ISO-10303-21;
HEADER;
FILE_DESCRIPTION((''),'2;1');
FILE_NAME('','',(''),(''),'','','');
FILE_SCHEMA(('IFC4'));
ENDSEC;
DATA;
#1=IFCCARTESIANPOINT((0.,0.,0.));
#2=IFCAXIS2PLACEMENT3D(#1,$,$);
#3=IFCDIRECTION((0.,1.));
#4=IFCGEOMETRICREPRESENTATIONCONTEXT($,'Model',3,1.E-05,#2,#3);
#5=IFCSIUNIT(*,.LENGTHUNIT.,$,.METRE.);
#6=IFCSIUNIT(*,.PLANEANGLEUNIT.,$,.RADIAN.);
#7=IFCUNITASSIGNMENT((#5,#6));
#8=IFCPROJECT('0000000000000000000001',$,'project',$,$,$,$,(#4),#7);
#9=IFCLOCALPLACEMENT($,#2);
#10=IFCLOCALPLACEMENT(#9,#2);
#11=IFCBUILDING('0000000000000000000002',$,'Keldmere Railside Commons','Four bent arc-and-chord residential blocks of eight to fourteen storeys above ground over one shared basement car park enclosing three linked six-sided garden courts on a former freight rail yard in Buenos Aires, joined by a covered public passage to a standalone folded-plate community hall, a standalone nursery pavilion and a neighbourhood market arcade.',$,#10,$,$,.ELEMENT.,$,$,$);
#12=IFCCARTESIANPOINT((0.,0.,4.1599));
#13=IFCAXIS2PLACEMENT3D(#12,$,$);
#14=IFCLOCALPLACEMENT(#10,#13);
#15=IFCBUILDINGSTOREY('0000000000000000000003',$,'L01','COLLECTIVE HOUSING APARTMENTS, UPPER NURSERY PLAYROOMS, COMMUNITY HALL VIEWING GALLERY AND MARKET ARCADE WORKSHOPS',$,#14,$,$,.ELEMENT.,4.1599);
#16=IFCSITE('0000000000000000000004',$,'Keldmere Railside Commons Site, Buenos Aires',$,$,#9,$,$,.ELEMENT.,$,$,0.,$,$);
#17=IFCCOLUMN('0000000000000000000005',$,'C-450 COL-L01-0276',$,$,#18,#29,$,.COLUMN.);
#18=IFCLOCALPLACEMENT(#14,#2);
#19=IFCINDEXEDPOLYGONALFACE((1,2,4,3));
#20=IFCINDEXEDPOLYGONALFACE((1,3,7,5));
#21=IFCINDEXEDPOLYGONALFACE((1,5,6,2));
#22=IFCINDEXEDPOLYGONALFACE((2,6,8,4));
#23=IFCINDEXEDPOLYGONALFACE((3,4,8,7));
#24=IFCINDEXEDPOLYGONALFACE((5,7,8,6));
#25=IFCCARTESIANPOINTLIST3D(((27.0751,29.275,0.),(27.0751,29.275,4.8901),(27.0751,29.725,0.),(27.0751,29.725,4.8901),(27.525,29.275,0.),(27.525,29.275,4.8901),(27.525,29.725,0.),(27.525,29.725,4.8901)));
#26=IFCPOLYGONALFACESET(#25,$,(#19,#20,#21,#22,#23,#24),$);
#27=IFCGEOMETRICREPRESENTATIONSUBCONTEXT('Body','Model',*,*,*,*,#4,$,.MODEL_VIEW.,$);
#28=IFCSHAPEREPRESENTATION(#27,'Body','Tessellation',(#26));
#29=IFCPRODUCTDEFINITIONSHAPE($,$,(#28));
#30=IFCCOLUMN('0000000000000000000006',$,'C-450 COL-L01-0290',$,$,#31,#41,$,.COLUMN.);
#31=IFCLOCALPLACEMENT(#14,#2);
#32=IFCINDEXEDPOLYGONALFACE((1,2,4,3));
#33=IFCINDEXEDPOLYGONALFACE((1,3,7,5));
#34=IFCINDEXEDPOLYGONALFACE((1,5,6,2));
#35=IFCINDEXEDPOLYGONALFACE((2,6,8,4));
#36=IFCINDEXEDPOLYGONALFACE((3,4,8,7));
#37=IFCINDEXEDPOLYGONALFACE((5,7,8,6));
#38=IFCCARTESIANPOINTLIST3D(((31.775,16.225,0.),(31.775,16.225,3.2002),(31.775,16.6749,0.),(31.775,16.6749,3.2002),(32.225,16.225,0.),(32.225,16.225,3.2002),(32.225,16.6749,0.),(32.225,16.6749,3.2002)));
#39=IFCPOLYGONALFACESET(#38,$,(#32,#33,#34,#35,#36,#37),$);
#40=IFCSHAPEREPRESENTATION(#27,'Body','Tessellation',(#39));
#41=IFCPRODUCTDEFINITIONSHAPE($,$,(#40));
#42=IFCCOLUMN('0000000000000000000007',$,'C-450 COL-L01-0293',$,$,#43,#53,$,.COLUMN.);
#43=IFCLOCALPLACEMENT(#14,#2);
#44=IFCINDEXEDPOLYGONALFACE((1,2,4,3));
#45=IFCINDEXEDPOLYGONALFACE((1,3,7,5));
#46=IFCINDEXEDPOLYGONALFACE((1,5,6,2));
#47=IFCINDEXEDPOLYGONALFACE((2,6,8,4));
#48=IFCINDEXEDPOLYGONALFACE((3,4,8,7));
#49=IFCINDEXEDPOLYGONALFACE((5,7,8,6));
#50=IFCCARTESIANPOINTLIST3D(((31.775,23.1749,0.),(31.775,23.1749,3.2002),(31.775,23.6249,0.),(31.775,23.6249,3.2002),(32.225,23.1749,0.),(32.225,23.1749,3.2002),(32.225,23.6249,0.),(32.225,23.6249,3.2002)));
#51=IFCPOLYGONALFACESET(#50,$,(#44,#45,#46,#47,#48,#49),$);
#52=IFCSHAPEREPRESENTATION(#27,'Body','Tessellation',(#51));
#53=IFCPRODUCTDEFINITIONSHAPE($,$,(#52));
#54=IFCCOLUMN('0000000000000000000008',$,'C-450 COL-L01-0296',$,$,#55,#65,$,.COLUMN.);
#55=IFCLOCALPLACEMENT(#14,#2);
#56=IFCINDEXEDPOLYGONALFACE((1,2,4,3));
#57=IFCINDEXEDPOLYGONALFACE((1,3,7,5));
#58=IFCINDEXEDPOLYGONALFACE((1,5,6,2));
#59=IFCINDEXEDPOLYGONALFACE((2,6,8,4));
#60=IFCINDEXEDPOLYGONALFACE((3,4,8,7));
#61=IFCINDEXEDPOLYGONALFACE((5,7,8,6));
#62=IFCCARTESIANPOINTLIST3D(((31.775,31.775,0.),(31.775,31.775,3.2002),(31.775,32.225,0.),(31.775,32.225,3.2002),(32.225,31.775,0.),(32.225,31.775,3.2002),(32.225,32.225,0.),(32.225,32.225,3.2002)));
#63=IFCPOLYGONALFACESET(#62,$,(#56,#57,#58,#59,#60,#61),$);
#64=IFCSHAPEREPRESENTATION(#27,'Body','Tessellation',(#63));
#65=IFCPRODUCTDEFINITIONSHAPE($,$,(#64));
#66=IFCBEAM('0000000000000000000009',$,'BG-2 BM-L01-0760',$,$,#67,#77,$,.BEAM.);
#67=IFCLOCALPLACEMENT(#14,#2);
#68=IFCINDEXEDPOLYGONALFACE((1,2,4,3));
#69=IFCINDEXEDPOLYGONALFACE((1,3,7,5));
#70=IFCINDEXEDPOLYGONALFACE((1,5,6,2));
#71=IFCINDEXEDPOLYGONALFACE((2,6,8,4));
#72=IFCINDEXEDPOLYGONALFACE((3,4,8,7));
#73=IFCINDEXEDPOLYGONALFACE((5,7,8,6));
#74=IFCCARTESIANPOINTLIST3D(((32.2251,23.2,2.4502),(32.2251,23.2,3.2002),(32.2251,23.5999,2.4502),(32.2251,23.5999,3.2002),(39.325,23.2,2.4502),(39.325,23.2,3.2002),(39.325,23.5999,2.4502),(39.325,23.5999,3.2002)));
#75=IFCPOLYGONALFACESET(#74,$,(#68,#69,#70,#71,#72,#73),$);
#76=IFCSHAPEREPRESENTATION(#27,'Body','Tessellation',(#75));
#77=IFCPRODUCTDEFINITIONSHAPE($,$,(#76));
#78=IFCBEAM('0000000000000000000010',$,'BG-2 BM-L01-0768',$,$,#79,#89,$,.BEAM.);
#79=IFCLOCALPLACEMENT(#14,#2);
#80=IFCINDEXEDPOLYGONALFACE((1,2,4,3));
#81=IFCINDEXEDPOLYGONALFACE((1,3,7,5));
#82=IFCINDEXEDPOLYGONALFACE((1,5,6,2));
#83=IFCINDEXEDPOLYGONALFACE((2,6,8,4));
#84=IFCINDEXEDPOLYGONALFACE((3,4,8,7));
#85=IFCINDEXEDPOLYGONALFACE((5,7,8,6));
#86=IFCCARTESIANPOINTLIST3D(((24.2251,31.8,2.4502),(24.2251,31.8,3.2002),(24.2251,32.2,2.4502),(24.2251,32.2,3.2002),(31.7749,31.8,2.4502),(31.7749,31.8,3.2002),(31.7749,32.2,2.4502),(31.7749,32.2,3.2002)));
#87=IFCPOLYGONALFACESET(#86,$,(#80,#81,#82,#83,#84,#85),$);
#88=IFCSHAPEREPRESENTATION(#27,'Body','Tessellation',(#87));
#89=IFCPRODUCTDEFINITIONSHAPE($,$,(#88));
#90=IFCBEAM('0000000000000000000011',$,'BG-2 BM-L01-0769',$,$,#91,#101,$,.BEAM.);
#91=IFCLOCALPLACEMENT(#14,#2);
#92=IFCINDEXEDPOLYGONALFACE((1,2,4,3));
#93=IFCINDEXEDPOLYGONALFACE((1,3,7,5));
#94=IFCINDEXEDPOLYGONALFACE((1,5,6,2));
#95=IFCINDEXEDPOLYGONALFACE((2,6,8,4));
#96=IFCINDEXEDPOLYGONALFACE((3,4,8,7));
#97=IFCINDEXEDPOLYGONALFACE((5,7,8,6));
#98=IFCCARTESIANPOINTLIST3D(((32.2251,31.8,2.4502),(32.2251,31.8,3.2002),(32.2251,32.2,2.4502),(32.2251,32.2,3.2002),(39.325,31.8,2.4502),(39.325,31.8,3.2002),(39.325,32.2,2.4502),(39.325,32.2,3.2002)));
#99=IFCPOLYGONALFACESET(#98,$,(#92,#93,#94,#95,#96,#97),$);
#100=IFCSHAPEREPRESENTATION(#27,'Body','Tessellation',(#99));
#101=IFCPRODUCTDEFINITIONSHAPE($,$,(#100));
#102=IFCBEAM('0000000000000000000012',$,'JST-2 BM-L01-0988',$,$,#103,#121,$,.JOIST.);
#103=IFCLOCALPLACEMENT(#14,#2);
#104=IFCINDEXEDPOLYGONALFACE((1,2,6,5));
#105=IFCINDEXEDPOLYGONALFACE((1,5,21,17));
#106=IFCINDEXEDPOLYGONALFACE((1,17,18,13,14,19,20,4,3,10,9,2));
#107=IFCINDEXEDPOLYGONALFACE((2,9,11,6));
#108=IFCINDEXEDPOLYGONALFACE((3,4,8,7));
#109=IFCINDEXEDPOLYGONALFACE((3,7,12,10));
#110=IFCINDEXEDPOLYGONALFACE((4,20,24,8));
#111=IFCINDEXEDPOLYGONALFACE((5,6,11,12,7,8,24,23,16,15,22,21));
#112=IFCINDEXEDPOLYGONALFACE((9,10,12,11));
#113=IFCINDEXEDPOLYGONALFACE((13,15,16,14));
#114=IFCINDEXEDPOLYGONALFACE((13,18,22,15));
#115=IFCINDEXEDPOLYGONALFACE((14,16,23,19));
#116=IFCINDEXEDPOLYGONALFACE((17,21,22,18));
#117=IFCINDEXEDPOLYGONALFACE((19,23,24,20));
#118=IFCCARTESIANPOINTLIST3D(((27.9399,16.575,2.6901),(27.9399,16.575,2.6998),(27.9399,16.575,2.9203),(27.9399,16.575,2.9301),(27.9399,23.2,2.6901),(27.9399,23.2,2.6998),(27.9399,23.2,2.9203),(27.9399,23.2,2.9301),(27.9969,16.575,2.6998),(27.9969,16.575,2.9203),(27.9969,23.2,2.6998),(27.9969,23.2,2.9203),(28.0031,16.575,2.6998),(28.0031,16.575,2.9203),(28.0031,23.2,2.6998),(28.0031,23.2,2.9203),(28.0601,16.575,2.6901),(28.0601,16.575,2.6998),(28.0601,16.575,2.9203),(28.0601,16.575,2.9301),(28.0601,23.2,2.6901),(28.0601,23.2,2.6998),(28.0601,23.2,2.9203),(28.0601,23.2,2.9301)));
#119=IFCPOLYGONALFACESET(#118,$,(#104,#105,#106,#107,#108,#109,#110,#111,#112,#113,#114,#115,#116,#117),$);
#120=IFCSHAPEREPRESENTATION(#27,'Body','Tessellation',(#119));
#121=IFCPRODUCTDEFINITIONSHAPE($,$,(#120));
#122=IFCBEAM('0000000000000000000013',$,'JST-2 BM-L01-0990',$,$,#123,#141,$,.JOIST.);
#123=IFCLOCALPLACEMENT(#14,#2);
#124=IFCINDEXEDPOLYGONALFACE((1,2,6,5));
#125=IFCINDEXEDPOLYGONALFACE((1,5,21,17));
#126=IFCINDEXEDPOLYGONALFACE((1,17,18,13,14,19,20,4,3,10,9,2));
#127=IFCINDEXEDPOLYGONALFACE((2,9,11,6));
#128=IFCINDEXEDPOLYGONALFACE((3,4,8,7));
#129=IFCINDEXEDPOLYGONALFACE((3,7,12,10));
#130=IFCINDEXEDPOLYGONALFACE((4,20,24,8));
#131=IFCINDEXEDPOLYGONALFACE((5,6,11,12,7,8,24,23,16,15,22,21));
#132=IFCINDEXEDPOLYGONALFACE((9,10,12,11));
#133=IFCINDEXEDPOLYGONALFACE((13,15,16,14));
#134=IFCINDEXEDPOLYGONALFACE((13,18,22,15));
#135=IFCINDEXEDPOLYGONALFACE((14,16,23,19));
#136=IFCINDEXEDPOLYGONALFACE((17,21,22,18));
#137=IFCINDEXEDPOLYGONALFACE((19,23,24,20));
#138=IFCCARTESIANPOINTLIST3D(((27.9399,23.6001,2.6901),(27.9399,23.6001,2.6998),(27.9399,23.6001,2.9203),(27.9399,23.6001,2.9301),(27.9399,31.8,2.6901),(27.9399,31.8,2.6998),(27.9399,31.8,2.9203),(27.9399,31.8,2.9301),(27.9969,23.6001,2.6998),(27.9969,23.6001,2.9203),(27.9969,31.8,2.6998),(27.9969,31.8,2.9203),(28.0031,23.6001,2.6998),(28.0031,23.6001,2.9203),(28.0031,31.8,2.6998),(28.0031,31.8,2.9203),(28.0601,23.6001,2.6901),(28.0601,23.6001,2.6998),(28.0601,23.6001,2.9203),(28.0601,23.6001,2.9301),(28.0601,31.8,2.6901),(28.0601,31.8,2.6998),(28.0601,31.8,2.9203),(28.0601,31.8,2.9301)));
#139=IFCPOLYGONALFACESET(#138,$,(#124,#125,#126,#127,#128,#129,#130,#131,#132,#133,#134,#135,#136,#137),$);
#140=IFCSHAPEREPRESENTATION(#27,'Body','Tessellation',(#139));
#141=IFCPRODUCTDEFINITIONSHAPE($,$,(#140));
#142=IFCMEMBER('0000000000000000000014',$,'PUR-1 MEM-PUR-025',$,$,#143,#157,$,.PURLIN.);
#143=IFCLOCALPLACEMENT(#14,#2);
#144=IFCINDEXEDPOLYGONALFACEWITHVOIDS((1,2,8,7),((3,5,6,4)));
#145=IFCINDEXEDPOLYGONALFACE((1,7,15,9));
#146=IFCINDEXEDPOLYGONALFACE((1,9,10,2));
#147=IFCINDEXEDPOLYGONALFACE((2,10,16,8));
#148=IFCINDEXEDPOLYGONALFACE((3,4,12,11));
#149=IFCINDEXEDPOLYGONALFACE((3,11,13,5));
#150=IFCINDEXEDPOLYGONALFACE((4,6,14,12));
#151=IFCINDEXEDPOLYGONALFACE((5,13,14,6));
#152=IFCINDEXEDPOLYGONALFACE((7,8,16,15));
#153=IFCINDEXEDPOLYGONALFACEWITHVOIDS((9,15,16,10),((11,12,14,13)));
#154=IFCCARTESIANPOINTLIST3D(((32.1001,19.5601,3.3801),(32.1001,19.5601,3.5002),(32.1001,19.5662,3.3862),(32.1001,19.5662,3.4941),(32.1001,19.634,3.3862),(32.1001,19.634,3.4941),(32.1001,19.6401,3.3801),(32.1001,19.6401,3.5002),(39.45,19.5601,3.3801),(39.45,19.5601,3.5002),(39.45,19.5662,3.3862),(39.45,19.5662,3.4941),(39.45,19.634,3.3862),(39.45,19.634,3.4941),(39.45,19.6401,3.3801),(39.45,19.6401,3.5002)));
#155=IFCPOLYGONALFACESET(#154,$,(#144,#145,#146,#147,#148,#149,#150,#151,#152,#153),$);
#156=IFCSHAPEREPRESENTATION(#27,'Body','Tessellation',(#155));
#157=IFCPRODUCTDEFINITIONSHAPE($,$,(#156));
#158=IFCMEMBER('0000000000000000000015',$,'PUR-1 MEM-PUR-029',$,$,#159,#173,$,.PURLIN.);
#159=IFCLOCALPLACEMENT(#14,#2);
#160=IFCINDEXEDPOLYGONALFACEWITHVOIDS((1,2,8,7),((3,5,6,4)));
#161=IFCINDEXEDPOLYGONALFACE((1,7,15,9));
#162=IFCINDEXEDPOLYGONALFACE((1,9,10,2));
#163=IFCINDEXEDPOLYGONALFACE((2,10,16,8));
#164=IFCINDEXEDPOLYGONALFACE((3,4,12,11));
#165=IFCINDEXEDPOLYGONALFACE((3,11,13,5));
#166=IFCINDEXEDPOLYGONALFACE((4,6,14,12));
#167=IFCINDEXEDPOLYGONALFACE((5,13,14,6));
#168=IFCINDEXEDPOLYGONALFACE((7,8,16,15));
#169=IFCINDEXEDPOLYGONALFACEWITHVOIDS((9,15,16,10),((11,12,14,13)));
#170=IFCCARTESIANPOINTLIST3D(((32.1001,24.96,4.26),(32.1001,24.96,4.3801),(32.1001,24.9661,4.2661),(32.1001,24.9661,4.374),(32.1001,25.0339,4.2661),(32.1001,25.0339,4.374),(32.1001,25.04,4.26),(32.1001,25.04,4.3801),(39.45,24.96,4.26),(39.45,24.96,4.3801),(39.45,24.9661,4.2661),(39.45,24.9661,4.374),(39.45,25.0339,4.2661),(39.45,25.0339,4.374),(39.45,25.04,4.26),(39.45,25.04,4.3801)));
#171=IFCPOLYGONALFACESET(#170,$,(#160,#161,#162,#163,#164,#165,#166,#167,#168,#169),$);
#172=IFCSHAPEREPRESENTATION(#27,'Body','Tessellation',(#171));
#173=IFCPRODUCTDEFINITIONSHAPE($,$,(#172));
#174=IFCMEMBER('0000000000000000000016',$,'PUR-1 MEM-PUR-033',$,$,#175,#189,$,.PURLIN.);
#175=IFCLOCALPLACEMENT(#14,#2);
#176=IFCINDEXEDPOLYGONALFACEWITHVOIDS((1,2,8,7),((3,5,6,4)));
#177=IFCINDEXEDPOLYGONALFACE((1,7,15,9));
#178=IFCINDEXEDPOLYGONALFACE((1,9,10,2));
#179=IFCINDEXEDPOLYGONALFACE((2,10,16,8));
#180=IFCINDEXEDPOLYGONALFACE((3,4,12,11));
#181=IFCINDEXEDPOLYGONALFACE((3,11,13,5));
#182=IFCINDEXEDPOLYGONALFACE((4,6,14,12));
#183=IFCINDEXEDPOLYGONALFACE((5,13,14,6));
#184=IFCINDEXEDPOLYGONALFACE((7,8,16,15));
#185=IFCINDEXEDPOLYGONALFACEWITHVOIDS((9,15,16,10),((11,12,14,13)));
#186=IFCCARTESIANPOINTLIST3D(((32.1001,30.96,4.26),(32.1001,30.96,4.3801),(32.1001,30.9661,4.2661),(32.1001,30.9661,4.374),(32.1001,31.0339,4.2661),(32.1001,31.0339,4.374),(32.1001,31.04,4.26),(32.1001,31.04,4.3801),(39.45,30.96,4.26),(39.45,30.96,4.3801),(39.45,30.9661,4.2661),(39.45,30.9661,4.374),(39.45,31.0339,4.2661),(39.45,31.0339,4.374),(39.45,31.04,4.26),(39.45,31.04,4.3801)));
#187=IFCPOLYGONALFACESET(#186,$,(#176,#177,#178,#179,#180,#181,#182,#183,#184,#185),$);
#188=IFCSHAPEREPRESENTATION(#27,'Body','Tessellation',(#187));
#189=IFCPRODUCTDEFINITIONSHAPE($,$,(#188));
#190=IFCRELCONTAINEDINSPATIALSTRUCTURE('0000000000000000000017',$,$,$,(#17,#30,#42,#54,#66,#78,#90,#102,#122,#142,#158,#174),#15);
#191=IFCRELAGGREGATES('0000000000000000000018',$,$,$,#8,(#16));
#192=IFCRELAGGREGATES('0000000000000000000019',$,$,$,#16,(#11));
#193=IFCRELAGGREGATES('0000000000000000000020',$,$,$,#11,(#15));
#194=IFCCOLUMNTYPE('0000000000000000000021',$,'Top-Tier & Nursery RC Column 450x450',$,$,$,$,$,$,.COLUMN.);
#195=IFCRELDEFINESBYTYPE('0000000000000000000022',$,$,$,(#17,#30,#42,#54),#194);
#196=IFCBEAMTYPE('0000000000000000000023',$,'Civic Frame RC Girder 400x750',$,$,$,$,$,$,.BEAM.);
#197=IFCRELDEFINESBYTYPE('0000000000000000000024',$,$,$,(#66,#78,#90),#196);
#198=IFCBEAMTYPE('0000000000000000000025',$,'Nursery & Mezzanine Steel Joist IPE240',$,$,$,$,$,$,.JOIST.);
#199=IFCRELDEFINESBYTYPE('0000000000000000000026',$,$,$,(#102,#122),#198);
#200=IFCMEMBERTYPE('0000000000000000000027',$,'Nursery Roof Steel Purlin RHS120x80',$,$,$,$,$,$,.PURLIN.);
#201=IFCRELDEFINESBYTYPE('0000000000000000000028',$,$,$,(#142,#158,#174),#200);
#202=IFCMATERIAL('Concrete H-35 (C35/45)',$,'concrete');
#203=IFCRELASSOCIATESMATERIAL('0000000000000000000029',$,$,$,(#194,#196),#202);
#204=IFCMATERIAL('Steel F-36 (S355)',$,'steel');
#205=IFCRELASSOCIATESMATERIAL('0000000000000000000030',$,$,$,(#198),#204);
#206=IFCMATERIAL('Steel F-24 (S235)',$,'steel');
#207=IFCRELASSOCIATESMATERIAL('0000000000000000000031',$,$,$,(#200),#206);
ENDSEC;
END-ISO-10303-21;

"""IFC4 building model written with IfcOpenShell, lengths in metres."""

from ifc_helpers import new_model, si_unit, direction, frame, origin, origin_2d, place, context, subcontext, project, spatial, rectangle, hollow_rectangle, i_section, extrude, material, material_profile, profile_set, type_object, element, save


model = new_model("IFC4")

# Units and contexts
model_context = context("Model", 3, precision=1e-05, world=origin(), true_north=direction((0.0, 1.0)))
body_context = subcontext(model_context, "Body", "Model", "MODEL_VIEW")
ifc_project = project(units=[si_unit("LENGTHUNIT", "METRE"), si_unit("PLANEANGLEUNIT", "RADIAN")], contexts=[model_context])

# Site, building, storey
site_placement = place(None, origin())
site = spatial("IfcSite", under=ifc_project, at=site_placement, Name="Keldmere Railside Commons Site, Buenos Aires", CompositionType="ELEMENT", RefElevation=0.0)
building_placement = place(site_placement, origin())
building = spatial("IfcBuilding", under=site, at=building_placement, Name="Keldmere Railside Commons", Description="Four bent arc-and-chord residential blocks of eight to fourteen storeys above ground over one shared basement car park enclosing three linked six-sided garden courts on a former freight rail yard in Buenos Aires, joined by a covered public passage to a standalone folded-plate community hall, a standalone nursery pavilion and a neighbourhood market arcade.", CompositionType="ELEMENT")
storey_placement = place(building_placement, frame((0.0, 0.0, 4.1599)))
storey = spatial("IfcBuildingStorey", under=building, at=storey_placement, Name="L01", Description="COLLECTIVE HOUSING APARTMENTS, UPPER NURSERY PLAYROOMS, COMMUNITY HALL VIEWING GALLERY AND MARKET ARCADE WORKSHOPS", CompositionType="ELEMENT", Elevation=4.1599)

# Columns
ifc_material_1 = material(Name="Concrete H-35 (C35/45)", Category="concrete")
ifc_material_profile_1 = material_profile(ifc_material_1, rectangle(XDim=0.45, YDim=0.45, at=origin_2d()), Name="RC-450x450")
ifc_profile_set_1 = profile_set([ifc_material_profile_1], Name="Concrete H-35 (C35/45)")
column_type = type_object("IfcColumnType", Name="Top-Tier & Nursery RC Column 450x450", PredefinedType="COLUMN", material=ifc_profile_set_1)
column_placement = place(storey_placement, frame((27.3, 29.5, 0.0), z_axis=(0.0, 0.0, 1.0), x_axis=(1.0, 0.0, 0.0)))
element("IfcColumn", 1, at=column_placement, inside=storey, type_object=column_type, Name="C-450 COL-L01-0276", PredefinedType="COLUMN", context=body_context, shape_type="SweptSolid", body=[
    extrude(rectangle(XDim=0.45, YDim=0.45, at=origin_2d()), origin(), (0.0, 0.0, 1.0), 4.8901),
])
for number, where, z_axis, x_axis, name in (
    (2, (32.0, 16.45, 0.0), (0.0, 0.0, 1.0), (1.0, 0.0, 0.0), "C-450 COL-L01-0290"),
    (3, (32.0, 23.3999, 0.0), (0.0, 0.0, 1.0), (1.0, 0.0, 0.0), "C-450 COL-L01-0293"),
    (4, (32.0, 32.0, 0.0), (0.0, 0.0, 1.0), (1.0, 0.0, 0.0), "C-450 COL-L01-0296"),
):
    element("IfcColumn", number, at=place(storey_placement, frame(where, z_axis=z_axis, x_axis=x_axis)), inside=storey, type_object=column_type, Name=name, PredefinedType="COLUMN", context=body_context, shape_type="SweptSolid", body=[
        extrude(rectangle(XDim=0.45, YDim=0.45, at=origin_2d()), origin(), (0.0, 0.0, 1.0), 3.2002),
    ])

# Beams
ifc_material_profile_2 = material_profile(ifc_material_1, rectangle(XDim=0.3999, YDim=0.75, at=origin_2d()), Name="RC-400x750")
ifc_profile_set_2 = profile_set([ifc_material_profile_2], Name="Concrete H-35 (C35/45)")
beam_type_1 = type_object("IfcBeamType", Name="Civic Frame RC Girder 400x750", PredefinedType="BEAM", material=ifc_profile_set_2)
beam_1_placement = place(storey_placement, frame((32.2251, 23.3999, 2.8252), z_axis=(1.0, 0.0, 0.0), x_axis=(0.0, 1.0, 0.0)))
element("IfcBeam", 5, at=beam_1_placement, inside=storey, type_object=beam_type_1, Name="BG-2 BM-L01-0760", PredefinedType="BEAM", context=body_context, shape_type="SweptSolid", body=[
    extrude(rectangle(XDim=0.3999, YDim=0.75, at=origin_2d()), origin(), (0.0, 0.0, 1.0), 7.0999),
])
beam_2_placement = place(storey_placement, frame((24.2251, 32.0, 2.8252), z_axis=(1.0, 0.0, 0.0), x_axis=(0.0, 1.0, 0.0)))
element("IfcBeam", 6, at=beam_2_placement, inside=storey, type_object=beam_type_1, Name="BG-2 BM-L01-0768", PredefinedType="BEAM", context=body_context, shape_type="SweptSolid", body=[
    extrude(rectangle(XDim=0.3999, YDim=0.75, at=origin_2d()), origin(), (0.0, 0.0, 1.0), 7.5498),
])
beam_3_placement = place(storey_placement, frame((32.2251, 32.0, 2.8252), z_axis=(1.0, 0.0, 0.0), x_axis=(0.0, 1.0, 0.0)))
element("IfcBeam", 7, at=beam_3_placement, inside=storey, type_object=beam_type_1, Name="BG-2 BM-L01-0769", PredefinedType="BEAM", context=body_context, shape_type="SweptSolid", body=[
    extrude(rectangle(XDim=0.3999, YDim=0.75, at=origin_2d()), origin(), (0.0, 0.0, 1.0), 7.0999),
])
ifc_material_2 = material(Name="Steel F-36 (S355)", Category="steel")
ifc_material_profile_3 = material_profile(ifc_material_2, i_section(OverallWidth=0.1201, OverallDepth=0.24, WebThickness=0.0061, FlangeThickness=0.0098, at=origin_2d()), Name="IPE-240")
ifc_profile_set_3 = profile_set([ifc_material_profile_3], Name="Steel F-36 (S355)")
beam_type_2 = type_object("IfcBeamType", Name="Nursery & Mezzanine Steel Joist IPE240", PredefinedType="JOIST", material=ifc_profile_set_3)
beam_4_placement = place(storey_placement, frame((28.0, 16.575, 2.8101), z_axis=(0.0, 1.0, 0.0), x_axis=(-1.0, 0.0, 0.0)))
element("IfcBeam", 8, at=beam_4_placement, inside=storey, type_object=beam_type_2, Name="JST-2 BM-L01-0988", PredefinedType="JOIST", context=body_context, shape_type="SweptSolid", body=[
    extrude(i_section(OverallWidth=0.1201, OverallDepth=0.24, WebThickness=0.0061, FlangeThickness=0.0098, at=origin_2d()), origin(), (0.0, 0.0, 1.0), 6.625),
])
beam_5_placement = place(storey_placement, frame((28.0, 23.6001, 2.8101), z_axis=(0.0, 1.0, 0.0), x_axis=(-1.0, 0.0, 0.0)))
element("IfcBeam", 9, at=beam_5_placement, inside=storey, type_object=beam_type_2, Name="JST-2 BM-L01-0990", PredefinedType="JOIST", context=body_context, shape_type="SweptSolid", body=[
    extrude(i_section(OverallWidth=0.1201, OverallDepth=0.24, WebThickness=0.0061, FlangeThickness=0.0098, at=origin_2d()), origin(), (0.0, 0.0, 1.0), 8.2),
])

# Members
ifc_material_3 = material(Name="Steel F-24 (S235)", Category="steel")
ifc_material_profile_4 = material_profile(ifc_material_3, hollow_rectangle(XDim=0.0801, YDim=0.1201, WallThickness=0.0061, at=origin_2d()), Name="RHS-120x80x6")
ifc_profile_set_4 = profile_set([ifc_material_profile_4], Name="Steel F-24 (S235)")
member_type = type_object("IfcMemberType", Name="Nursery Roof Steel Purlin RHS120x80", PredefinedType="PURLIN", material=ifc_profile_set_4)
for number, where, z_axis, x_axis, name in (
    (10, (32.1001, 19.6001, 3.4402), (1.0, 0.0, 0.0), (0.0, 1.0, 0.0), "PUR-1 MEM-PUR-025"),
    (11, (32.1001, 25.0, 4.3201), (1.0, 0.0, 0.0), (0.0, 1.0, 0.0), "PUR-1 MEM-PUR-029"),
    (12, (32.1001, 31.0, 4.3201), (1.0, 0.0, 0.0), (0.0, 1.0, 0.0), "PUR-1 MEM-PUR-033"),
):
    element("IfcMember", number, at=place(storey_placement, frame(where, z_axis=z_axis, x_axis=x_axis)), inside=storey, type_object=member_type, Name=name, PredefinedType="PURLIN", context=body_context, shape_type="SweptSolid", body=[
        extrude(hollow_rectangle(XDim=0.0801, YDim=0.1201, WallThickness=0.0061, at=origin_2d()), origin(), (0.0, 0.0, 1.0), 7.3499),
    ])

save(model, "model.ifc")
